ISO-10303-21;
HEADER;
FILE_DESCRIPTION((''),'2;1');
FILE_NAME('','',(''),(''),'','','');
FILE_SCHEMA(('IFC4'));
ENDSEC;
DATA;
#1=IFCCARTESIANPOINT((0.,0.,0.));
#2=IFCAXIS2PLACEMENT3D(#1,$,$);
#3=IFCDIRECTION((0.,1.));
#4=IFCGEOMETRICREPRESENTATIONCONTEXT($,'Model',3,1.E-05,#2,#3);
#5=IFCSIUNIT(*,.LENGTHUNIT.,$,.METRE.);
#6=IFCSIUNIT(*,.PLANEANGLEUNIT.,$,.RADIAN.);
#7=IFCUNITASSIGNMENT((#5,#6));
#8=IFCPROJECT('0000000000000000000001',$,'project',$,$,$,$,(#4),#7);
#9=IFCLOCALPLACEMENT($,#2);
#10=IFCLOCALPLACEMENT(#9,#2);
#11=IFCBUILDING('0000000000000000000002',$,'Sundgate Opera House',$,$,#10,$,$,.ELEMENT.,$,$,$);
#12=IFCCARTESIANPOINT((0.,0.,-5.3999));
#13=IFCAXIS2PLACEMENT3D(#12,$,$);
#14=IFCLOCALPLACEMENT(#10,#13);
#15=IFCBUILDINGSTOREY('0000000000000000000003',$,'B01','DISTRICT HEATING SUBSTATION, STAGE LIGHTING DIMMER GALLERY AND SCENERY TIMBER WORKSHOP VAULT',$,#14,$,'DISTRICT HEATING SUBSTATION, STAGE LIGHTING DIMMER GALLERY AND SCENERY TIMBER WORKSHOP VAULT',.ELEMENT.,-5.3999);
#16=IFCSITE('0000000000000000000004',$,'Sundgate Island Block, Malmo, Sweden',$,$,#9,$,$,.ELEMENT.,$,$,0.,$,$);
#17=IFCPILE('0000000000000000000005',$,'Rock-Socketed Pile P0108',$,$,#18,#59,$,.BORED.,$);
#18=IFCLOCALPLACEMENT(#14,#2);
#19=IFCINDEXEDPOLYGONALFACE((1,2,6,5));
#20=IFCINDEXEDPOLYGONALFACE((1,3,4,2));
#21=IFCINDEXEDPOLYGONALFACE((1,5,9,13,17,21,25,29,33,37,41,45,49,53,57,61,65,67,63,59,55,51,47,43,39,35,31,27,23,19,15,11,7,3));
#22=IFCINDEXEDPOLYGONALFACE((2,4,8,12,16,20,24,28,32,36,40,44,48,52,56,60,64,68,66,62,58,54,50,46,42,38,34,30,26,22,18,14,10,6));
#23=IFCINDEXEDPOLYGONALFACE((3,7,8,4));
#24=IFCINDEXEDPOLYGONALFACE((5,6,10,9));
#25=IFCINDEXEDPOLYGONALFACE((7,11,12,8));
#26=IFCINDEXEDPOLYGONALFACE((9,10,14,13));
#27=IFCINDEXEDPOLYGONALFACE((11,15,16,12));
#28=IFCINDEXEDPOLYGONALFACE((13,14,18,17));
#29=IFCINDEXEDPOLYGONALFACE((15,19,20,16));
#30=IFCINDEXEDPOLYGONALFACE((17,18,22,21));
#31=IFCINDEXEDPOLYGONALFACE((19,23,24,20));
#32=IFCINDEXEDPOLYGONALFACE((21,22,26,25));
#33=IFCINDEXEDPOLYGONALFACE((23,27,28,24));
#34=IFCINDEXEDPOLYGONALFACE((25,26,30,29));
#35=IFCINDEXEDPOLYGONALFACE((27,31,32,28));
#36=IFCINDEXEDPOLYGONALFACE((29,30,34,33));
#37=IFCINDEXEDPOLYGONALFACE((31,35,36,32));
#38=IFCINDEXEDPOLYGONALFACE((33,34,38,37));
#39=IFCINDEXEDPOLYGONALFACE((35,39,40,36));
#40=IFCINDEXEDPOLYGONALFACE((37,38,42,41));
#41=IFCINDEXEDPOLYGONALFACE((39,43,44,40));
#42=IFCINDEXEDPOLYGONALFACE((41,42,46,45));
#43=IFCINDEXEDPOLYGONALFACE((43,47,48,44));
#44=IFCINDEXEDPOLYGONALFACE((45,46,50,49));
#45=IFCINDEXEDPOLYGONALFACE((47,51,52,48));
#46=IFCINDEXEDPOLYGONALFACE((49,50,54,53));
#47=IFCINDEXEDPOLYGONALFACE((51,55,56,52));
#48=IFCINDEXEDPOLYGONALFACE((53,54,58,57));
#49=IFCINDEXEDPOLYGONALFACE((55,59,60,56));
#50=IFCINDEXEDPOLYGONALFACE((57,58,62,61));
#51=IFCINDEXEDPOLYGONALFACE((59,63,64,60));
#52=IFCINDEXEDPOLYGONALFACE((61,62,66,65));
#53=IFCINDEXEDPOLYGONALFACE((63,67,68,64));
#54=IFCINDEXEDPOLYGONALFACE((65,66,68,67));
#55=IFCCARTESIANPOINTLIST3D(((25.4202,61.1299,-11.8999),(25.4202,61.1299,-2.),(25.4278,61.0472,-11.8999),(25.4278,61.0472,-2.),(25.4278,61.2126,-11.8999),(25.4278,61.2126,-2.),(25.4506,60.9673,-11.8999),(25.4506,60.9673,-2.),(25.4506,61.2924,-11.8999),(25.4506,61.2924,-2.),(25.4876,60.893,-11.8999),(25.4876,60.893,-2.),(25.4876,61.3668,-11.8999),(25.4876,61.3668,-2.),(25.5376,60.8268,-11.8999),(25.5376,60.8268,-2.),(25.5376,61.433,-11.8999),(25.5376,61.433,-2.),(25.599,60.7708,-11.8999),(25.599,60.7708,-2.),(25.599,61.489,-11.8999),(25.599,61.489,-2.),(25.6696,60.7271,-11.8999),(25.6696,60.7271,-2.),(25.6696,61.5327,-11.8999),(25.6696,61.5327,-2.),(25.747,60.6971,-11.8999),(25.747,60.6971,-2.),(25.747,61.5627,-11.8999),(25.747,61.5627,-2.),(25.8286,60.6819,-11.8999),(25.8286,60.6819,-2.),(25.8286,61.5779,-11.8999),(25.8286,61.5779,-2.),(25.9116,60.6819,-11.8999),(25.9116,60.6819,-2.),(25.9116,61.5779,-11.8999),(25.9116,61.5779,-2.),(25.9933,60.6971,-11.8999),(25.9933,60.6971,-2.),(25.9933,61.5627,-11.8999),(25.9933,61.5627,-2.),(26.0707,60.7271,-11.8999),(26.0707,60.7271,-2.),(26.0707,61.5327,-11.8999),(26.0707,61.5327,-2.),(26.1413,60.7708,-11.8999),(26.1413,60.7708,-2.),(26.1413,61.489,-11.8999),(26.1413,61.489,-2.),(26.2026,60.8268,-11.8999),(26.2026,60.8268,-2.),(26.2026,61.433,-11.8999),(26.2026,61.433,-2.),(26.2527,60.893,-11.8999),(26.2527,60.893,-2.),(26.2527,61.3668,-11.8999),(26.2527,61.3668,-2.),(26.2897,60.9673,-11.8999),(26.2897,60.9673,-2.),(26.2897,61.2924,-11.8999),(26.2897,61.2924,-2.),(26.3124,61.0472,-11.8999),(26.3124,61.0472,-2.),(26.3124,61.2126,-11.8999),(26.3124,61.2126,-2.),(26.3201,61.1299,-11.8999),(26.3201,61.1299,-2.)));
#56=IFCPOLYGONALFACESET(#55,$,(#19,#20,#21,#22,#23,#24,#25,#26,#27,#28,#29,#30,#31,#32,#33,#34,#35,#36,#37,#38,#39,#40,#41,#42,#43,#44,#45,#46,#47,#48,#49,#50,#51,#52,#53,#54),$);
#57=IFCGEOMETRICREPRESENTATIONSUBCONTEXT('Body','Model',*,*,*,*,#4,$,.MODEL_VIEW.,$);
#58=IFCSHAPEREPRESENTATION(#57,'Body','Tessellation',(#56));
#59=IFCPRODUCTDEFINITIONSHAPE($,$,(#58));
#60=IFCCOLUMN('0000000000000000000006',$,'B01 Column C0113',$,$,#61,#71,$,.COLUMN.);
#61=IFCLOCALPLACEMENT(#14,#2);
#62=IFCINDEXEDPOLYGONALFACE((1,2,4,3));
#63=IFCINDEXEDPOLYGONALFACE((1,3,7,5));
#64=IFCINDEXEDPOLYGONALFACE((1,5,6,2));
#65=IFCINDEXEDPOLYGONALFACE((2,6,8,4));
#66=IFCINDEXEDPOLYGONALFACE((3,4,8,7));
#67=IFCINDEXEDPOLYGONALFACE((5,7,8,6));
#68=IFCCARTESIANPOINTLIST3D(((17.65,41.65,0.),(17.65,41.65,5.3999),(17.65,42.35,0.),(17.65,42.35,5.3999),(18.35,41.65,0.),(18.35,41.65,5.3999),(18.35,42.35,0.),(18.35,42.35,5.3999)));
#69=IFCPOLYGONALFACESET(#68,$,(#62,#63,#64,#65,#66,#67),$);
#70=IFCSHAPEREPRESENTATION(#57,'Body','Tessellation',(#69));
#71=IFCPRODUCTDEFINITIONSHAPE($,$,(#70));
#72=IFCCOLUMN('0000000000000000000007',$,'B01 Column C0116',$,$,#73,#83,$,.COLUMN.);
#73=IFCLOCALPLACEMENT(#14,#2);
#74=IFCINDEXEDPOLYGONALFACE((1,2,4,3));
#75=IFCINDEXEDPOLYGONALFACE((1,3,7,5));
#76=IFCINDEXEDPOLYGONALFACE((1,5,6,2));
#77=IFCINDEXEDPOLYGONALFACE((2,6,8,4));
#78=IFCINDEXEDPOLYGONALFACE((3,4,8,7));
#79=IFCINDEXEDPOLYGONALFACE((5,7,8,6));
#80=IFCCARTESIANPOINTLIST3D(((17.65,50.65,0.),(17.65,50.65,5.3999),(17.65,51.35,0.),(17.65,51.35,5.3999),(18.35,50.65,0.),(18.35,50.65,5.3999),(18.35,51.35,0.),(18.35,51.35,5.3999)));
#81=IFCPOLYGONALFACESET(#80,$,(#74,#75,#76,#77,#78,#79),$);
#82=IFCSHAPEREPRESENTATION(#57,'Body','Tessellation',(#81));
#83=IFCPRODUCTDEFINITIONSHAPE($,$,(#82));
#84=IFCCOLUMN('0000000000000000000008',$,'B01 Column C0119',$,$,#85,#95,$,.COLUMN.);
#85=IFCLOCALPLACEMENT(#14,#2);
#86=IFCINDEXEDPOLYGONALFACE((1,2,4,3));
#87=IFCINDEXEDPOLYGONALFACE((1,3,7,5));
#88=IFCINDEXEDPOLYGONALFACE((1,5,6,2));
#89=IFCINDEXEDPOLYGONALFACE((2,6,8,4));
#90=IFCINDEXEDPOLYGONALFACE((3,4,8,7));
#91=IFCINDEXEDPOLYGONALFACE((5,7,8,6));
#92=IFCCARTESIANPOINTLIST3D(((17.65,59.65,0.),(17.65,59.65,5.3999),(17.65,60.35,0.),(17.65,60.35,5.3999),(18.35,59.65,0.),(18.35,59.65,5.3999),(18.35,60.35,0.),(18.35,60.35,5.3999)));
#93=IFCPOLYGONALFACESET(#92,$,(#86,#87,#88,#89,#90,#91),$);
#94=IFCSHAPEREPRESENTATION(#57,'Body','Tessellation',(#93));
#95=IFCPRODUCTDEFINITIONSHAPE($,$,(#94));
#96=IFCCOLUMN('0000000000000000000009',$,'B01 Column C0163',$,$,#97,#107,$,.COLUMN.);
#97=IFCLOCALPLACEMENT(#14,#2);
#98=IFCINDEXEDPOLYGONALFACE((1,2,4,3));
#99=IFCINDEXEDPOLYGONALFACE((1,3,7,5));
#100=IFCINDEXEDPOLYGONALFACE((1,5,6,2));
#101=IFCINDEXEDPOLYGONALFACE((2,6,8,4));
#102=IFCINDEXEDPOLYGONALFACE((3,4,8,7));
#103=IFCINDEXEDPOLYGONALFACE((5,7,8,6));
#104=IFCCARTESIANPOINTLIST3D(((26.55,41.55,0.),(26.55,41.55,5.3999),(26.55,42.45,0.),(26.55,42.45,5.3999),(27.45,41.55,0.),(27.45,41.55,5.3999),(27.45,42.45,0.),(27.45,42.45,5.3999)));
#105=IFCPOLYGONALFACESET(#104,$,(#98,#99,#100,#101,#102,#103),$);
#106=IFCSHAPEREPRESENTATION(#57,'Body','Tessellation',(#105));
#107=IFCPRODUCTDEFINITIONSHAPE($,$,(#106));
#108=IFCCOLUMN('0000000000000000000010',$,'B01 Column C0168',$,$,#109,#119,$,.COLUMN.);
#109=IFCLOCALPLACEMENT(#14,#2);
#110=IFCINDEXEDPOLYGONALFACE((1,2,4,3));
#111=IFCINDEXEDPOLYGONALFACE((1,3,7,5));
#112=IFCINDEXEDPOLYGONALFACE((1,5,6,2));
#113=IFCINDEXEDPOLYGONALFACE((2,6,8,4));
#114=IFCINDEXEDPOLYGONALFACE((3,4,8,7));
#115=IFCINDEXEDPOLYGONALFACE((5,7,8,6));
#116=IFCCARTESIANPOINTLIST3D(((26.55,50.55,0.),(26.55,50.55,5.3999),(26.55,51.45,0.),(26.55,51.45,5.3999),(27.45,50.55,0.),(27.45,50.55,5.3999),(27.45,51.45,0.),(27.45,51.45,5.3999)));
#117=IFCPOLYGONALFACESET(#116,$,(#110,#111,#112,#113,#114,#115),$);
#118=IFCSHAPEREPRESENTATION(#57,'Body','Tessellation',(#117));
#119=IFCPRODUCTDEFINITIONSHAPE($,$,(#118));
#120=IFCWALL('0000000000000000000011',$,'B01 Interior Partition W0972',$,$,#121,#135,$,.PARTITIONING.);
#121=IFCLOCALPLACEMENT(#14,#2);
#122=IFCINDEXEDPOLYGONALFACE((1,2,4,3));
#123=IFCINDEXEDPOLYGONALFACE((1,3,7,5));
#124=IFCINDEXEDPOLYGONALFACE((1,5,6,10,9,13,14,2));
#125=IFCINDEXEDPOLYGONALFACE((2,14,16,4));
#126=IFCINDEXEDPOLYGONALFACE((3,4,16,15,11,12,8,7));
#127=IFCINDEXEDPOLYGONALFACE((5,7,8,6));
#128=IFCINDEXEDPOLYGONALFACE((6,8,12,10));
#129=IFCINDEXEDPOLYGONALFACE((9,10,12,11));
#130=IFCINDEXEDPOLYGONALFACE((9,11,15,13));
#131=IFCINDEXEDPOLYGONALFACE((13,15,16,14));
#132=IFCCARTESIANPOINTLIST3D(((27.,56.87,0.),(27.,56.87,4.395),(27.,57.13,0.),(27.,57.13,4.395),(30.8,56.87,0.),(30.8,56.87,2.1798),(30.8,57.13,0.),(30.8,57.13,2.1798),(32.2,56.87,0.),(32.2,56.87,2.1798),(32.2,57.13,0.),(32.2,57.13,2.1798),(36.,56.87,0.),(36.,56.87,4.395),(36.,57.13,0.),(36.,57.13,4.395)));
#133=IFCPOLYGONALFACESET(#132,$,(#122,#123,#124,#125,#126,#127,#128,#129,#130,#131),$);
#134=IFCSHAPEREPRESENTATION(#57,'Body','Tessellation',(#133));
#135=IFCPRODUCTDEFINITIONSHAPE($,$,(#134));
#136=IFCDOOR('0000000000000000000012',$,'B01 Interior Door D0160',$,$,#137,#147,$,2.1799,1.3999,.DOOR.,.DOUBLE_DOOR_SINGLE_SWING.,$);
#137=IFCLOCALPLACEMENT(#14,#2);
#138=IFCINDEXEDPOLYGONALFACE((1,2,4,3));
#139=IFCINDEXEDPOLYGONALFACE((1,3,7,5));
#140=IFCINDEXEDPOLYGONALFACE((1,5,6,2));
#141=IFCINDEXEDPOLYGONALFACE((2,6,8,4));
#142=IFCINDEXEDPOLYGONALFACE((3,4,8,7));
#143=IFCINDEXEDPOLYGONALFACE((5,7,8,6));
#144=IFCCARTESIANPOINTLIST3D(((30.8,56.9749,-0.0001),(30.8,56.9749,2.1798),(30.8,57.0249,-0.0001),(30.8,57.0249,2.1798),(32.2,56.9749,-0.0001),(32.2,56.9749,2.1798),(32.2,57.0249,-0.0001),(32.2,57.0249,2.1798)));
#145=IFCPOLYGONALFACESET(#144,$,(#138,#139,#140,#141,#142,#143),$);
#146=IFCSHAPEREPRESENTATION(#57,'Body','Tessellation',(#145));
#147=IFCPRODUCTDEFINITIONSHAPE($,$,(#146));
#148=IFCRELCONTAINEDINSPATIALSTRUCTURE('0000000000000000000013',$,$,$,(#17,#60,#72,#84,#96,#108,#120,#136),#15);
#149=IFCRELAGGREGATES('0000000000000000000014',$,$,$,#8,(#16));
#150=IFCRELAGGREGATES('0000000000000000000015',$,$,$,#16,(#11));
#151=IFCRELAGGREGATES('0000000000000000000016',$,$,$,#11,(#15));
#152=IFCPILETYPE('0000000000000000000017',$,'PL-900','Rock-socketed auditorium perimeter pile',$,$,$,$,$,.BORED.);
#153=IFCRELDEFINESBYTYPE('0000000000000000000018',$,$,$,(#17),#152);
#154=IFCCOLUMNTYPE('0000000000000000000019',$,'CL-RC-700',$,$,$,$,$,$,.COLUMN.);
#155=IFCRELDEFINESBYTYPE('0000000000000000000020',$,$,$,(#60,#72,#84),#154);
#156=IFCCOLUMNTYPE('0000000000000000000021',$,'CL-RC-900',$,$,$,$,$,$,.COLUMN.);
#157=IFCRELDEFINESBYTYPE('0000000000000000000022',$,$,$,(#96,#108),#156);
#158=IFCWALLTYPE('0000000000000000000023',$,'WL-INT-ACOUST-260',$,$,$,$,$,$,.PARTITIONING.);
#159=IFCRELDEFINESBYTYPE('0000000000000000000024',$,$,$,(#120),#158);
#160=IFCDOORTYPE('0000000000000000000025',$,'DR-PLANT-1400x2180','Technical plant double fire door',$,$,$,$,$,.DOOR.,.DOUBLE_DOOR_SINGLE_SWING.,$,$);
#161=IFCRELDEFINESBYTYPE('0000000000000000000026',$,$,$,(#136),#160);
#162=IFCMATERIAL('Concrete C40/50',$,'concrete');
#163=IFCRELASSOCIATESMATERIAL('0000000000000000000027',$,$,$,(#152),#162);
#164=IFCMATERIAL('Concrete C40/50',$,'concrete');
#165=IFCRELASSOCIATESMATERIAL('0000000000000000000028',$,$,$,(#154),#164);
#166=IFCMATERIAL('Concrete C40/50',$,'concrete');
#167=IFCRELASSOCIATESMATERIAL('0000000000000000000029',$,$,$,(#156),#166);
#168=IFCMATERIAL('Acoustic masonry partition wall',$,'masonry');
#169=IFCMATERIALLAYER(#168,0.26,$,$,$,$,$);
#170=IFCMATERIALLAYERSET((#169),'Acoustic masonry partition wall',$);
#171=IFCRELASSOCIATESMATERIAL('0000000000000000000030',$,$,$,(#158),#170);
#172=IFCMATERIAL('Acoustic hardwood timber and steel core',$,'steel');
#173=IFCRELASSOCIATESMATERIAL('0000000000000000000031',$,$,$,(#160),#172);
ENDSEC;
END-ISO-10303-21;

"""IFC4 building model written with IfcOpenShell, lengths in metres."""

from ifc_helpers import new_model, si_unit, direction, frame, frame_2d, origin, origin_2d, place, context, subcontext, project, spatial, rectangle, circle, extrude, material, layer, layer_set, material_profile, profile_set, type_object, element, fill, save


model = new_model("IFC4")

# Units and contexts
model_context = context("Model", 3, precision=1e-05, world=origin(), true_north=direction((0.0, 1.0)))
body_context = subcontext(model_context, "Body", "Model", "MODEL_VIEW")
ifc_project = project(units=[si_unit("LENGTHUNIT", "METRE"), si_unit("PLANEANGLEUNIT", "RADIAN")], contexts=[model_context])

# Site, building, storey
site_placement = place(None, origin())
site = spatial("IfcSite", under=ifc_project, at=site_placement, Name="Sundgate Island Block, Malmo, Sweden", CompositionType="ELEMENT", RefElevation=0.0)
building_placement = place(site_placement, origin())
building = spatial("IfcBuilding", under=site, at=building_placement, Name="Sundgate Opera House", CompositionType="ELEMENT")
storey_placement = place(building_placement, frame((0.0, 0.0, -5.3999)))
storey = spatial("IfcBuildingStorey", under=building, at=storey_placement, Name="B01", Description="DISTRICT HEATING SUBSTATION, STAGE LIGHTING DIMMER GALLERY AND SCENERY TIMBER WORKSHOP VAULT", LongName="DISTRICT HEATING SUBSTATION, STAGE LIGHTING DIMMER GALLERY AND SCENERY TIMBER WORKSHOP VAULT", CompositionType="ELEMENT", Elevation=-5.3999)

# Pile
ifc_material_1 = material(Name="Concrete C40/50", Category="concrete")
ifc_material_profile_1 = material_profile(ifc_material_1, circle(Radius=0.45, at=origin_2d()), Name="PILE D900")
ifc_profile_set_1 = profile_set([ifc_material_profile_1], Name="Concrete C40/50")
pile_type_1 = type_object("IfcPileType", Name="PL-900", Description="Rock-socketed auditorium perimeter pile", PredefinedType="BORED", material=ifc_profile_set_1)
for number, where, z_axis, x_axis, name in (
    (1, (25.8701, 61.1299, -2.0), (0.0, 0.0, -1.0), (1.0, 0.0, 0.0), "Rock-Socketed Pile P0108"),
):
    element("IfcPile", number, at=place(storey_placement, frame(where, z_axis=z_axis, x_axis=x_axis)), inside=storey, type_object=pile_type_1, Name=name, PredefinedType="BORED", context=body_context, shape_type="SweptSolid", body=[
        extrude(circle(Radius=0.45, at=origin_2d()), origin(), (0.0, 0.0, 1.0), 9.8999),
    ])

# Columns
ifc_material_2 = material(Name="Concrete C40/50", Category="concrete")
ifc_material_profile_2 = material_profile(ifc_material_2, rectangle(XDim=0.7, YDim=0.7, at=origin_2d()), Name="RC 700x700")
ifc_profile_set_2 = profile_set([ifc_material_profile_2], Name="Concrete C40/50")
column_type_1 = type_object("IfcColumnType", Name="CL-RC-700", PredefinedType="COLUMN", material=ifc_profile_set_2)
for number, where, z_axis, x_axis, name in (
    (2, (18.0, 42.0, 0.0), (0.0, 0.0, 1.0), (1.0, 0.0, 0.0), "B01 Column C0113"),
    (3, (18.0, 51.0, 0.0), (0.0, 0.0, 1.0), (1.0, 0.0, 0.0), "B01 Column C0116"),
    (4, (18.0, 60.0, 0.0), (0.0, 0.0, 1.0), (1.0, 0.0, 0.0), "B01 Column C0119"),
):
    element("IfcColumn", number, at=place(storey_placement, frame(where, z_axis=z_axis, x_axis=x_axis)), inside=storey, type_object=column_type_1, Name=name, PredefinedType="COLUMN", context=body_context, shape_type="SweptSolid", body=[
        extrude(rectangle(XDim=0.7, YDim=0.7, at=origin_2d()), origin(), (0.0, 0.0, 1.0), 5.3999),
    ])
ifc_material_3 = material(Name="Concrete C40/50", Category="concrete")
ifc_material_profile_3 = material_profile(ifc_material_3, rectangle(XDim=0.8999, YDim=0.8999, at=origin_2d()), Name="RC 900x900")
ifc_profile_set_3 = profile_set([ifc_material_profile_3], Name="Concrete C40/50")
column_type_2 = type_object("IfcColumnType", Name="CL-RC-900", PredefinedType="COLUMN", material=ifc_profile_set_3)
for number, where, z_axis, x_axis, name in (
    (5, (27.0, 42.0, 0.0), (0.0, 0.0, 1.0), (1.0, 0.0, 0.0), "B01 Column C0163"),
    (6, (27.0, 51.0, 0.0), (0.0, 0.0, 1.0), (1.0, 0.0, 0.0), "B01 Column C0168"),
):
    element("IfcColumn", number, at=place(storey_placement, frame(where, z_axis=z_axis, x_axis=x_axis)), inside=storey, type_object=column_type_2, Name=name, PredefinedType="COLUMN", context=body_context, shape_type="SweptSolid", body=[
        extrude(rectangle(XDim=0.8999, YDim=0.8999, at=origin_2d()), origin(), (0.0, 0.0, 1.0), 5.3999),
    ])

# Wall, opening, door
ifc_material_4 = material(Name="Acoustic masonry partition wall", Category="masonry")
ifc_layer = layer(ifc_material_4, 0.26)
ifc_layer_set = layer_set([ifc_layer], Name="Acoustic masonry partition wall")
wall_type = type_object("IfcWallType", Name="WL-INT-ACOUST-260", PredefinedType="PARTITIONING", material=ifc_layer_set)
wall_placement = place(storey_placement, frame((27.0, 57.0, 0.0), z_axis=(0.0, 0.0, 1.0), x_axis=(1.0, 0.0, 0.0)))
wall = element("IfcWall", 7, at=wall_placement, inside=storey, type_object=wall_type, Name="B01 Interior Partition W0972", PredefinedType="PARTITIONING", context=body_context, shape_type="SweptSolid", body=[
    extrude(rectangle(XDim=9.0, YDim=0.26, at=frame_2d((4.5, 0.0))), origin(), (0.0, 0.0, 1.0), 4.395),
])
opening_placement = place(wall_placement, frame((3.8, 0.0, 0.0)))
opening = element("IfcOpeningElement", 8, at=opening_placement, cuts=wall, PredefinedType="OPENING", context=body_context, shape_type="SweptSolid", body=[
    extrude(rectangle(XDim=1.3999, YDim=2.1799, at=frame_2d((0.7, 1.0898))), frame((0.0, 0.1399, 0.0), z_axis=(0.0, -1.0, 0.0), x_axis=(1.0, 0.0, 0.0)), (0.0, 0.0, 1.0), 0.28),
])
ifc_material_5 = material(Name="Acoustic hardwood timber and steel core", Category="steel")
door_type = type_object("IfcDoorType", Name="DR-PLANT-1400x2180", Description="Technical plant double fire door", OperationType="DOUBLE_DOOR_SINGLE_SWING", PredefinedType="DOOR", material=ifc_material_5)
door_placement = place(opening_placement, origin())
door = element("IfcDoor", 9, at=door_placement, inside=storey, type_object=door_type, Name="B01 Interior Door D0160", OperationType="DOUBLE_DOOR_SINGLE_SWING", OverallHeight=2.1799, OverallWidth=1.3999, PredefinedType="DOOR", context=body_context, shape_type="SweptSolid", body=[
    extrude(rectangle(XDim=1.3999, YDim=2.1799, at=frame_2d((0.7, 1.0898))), frame((0.0, 0.0249, 0.0), z_axis=(0.0, -1.0, 0.0), x_axis=(1.0, 0.0, 0.0)), (0.0, 0.0, 1.0), 0.05),
])
fill(opening, door)

save(model, "model.ifc")
